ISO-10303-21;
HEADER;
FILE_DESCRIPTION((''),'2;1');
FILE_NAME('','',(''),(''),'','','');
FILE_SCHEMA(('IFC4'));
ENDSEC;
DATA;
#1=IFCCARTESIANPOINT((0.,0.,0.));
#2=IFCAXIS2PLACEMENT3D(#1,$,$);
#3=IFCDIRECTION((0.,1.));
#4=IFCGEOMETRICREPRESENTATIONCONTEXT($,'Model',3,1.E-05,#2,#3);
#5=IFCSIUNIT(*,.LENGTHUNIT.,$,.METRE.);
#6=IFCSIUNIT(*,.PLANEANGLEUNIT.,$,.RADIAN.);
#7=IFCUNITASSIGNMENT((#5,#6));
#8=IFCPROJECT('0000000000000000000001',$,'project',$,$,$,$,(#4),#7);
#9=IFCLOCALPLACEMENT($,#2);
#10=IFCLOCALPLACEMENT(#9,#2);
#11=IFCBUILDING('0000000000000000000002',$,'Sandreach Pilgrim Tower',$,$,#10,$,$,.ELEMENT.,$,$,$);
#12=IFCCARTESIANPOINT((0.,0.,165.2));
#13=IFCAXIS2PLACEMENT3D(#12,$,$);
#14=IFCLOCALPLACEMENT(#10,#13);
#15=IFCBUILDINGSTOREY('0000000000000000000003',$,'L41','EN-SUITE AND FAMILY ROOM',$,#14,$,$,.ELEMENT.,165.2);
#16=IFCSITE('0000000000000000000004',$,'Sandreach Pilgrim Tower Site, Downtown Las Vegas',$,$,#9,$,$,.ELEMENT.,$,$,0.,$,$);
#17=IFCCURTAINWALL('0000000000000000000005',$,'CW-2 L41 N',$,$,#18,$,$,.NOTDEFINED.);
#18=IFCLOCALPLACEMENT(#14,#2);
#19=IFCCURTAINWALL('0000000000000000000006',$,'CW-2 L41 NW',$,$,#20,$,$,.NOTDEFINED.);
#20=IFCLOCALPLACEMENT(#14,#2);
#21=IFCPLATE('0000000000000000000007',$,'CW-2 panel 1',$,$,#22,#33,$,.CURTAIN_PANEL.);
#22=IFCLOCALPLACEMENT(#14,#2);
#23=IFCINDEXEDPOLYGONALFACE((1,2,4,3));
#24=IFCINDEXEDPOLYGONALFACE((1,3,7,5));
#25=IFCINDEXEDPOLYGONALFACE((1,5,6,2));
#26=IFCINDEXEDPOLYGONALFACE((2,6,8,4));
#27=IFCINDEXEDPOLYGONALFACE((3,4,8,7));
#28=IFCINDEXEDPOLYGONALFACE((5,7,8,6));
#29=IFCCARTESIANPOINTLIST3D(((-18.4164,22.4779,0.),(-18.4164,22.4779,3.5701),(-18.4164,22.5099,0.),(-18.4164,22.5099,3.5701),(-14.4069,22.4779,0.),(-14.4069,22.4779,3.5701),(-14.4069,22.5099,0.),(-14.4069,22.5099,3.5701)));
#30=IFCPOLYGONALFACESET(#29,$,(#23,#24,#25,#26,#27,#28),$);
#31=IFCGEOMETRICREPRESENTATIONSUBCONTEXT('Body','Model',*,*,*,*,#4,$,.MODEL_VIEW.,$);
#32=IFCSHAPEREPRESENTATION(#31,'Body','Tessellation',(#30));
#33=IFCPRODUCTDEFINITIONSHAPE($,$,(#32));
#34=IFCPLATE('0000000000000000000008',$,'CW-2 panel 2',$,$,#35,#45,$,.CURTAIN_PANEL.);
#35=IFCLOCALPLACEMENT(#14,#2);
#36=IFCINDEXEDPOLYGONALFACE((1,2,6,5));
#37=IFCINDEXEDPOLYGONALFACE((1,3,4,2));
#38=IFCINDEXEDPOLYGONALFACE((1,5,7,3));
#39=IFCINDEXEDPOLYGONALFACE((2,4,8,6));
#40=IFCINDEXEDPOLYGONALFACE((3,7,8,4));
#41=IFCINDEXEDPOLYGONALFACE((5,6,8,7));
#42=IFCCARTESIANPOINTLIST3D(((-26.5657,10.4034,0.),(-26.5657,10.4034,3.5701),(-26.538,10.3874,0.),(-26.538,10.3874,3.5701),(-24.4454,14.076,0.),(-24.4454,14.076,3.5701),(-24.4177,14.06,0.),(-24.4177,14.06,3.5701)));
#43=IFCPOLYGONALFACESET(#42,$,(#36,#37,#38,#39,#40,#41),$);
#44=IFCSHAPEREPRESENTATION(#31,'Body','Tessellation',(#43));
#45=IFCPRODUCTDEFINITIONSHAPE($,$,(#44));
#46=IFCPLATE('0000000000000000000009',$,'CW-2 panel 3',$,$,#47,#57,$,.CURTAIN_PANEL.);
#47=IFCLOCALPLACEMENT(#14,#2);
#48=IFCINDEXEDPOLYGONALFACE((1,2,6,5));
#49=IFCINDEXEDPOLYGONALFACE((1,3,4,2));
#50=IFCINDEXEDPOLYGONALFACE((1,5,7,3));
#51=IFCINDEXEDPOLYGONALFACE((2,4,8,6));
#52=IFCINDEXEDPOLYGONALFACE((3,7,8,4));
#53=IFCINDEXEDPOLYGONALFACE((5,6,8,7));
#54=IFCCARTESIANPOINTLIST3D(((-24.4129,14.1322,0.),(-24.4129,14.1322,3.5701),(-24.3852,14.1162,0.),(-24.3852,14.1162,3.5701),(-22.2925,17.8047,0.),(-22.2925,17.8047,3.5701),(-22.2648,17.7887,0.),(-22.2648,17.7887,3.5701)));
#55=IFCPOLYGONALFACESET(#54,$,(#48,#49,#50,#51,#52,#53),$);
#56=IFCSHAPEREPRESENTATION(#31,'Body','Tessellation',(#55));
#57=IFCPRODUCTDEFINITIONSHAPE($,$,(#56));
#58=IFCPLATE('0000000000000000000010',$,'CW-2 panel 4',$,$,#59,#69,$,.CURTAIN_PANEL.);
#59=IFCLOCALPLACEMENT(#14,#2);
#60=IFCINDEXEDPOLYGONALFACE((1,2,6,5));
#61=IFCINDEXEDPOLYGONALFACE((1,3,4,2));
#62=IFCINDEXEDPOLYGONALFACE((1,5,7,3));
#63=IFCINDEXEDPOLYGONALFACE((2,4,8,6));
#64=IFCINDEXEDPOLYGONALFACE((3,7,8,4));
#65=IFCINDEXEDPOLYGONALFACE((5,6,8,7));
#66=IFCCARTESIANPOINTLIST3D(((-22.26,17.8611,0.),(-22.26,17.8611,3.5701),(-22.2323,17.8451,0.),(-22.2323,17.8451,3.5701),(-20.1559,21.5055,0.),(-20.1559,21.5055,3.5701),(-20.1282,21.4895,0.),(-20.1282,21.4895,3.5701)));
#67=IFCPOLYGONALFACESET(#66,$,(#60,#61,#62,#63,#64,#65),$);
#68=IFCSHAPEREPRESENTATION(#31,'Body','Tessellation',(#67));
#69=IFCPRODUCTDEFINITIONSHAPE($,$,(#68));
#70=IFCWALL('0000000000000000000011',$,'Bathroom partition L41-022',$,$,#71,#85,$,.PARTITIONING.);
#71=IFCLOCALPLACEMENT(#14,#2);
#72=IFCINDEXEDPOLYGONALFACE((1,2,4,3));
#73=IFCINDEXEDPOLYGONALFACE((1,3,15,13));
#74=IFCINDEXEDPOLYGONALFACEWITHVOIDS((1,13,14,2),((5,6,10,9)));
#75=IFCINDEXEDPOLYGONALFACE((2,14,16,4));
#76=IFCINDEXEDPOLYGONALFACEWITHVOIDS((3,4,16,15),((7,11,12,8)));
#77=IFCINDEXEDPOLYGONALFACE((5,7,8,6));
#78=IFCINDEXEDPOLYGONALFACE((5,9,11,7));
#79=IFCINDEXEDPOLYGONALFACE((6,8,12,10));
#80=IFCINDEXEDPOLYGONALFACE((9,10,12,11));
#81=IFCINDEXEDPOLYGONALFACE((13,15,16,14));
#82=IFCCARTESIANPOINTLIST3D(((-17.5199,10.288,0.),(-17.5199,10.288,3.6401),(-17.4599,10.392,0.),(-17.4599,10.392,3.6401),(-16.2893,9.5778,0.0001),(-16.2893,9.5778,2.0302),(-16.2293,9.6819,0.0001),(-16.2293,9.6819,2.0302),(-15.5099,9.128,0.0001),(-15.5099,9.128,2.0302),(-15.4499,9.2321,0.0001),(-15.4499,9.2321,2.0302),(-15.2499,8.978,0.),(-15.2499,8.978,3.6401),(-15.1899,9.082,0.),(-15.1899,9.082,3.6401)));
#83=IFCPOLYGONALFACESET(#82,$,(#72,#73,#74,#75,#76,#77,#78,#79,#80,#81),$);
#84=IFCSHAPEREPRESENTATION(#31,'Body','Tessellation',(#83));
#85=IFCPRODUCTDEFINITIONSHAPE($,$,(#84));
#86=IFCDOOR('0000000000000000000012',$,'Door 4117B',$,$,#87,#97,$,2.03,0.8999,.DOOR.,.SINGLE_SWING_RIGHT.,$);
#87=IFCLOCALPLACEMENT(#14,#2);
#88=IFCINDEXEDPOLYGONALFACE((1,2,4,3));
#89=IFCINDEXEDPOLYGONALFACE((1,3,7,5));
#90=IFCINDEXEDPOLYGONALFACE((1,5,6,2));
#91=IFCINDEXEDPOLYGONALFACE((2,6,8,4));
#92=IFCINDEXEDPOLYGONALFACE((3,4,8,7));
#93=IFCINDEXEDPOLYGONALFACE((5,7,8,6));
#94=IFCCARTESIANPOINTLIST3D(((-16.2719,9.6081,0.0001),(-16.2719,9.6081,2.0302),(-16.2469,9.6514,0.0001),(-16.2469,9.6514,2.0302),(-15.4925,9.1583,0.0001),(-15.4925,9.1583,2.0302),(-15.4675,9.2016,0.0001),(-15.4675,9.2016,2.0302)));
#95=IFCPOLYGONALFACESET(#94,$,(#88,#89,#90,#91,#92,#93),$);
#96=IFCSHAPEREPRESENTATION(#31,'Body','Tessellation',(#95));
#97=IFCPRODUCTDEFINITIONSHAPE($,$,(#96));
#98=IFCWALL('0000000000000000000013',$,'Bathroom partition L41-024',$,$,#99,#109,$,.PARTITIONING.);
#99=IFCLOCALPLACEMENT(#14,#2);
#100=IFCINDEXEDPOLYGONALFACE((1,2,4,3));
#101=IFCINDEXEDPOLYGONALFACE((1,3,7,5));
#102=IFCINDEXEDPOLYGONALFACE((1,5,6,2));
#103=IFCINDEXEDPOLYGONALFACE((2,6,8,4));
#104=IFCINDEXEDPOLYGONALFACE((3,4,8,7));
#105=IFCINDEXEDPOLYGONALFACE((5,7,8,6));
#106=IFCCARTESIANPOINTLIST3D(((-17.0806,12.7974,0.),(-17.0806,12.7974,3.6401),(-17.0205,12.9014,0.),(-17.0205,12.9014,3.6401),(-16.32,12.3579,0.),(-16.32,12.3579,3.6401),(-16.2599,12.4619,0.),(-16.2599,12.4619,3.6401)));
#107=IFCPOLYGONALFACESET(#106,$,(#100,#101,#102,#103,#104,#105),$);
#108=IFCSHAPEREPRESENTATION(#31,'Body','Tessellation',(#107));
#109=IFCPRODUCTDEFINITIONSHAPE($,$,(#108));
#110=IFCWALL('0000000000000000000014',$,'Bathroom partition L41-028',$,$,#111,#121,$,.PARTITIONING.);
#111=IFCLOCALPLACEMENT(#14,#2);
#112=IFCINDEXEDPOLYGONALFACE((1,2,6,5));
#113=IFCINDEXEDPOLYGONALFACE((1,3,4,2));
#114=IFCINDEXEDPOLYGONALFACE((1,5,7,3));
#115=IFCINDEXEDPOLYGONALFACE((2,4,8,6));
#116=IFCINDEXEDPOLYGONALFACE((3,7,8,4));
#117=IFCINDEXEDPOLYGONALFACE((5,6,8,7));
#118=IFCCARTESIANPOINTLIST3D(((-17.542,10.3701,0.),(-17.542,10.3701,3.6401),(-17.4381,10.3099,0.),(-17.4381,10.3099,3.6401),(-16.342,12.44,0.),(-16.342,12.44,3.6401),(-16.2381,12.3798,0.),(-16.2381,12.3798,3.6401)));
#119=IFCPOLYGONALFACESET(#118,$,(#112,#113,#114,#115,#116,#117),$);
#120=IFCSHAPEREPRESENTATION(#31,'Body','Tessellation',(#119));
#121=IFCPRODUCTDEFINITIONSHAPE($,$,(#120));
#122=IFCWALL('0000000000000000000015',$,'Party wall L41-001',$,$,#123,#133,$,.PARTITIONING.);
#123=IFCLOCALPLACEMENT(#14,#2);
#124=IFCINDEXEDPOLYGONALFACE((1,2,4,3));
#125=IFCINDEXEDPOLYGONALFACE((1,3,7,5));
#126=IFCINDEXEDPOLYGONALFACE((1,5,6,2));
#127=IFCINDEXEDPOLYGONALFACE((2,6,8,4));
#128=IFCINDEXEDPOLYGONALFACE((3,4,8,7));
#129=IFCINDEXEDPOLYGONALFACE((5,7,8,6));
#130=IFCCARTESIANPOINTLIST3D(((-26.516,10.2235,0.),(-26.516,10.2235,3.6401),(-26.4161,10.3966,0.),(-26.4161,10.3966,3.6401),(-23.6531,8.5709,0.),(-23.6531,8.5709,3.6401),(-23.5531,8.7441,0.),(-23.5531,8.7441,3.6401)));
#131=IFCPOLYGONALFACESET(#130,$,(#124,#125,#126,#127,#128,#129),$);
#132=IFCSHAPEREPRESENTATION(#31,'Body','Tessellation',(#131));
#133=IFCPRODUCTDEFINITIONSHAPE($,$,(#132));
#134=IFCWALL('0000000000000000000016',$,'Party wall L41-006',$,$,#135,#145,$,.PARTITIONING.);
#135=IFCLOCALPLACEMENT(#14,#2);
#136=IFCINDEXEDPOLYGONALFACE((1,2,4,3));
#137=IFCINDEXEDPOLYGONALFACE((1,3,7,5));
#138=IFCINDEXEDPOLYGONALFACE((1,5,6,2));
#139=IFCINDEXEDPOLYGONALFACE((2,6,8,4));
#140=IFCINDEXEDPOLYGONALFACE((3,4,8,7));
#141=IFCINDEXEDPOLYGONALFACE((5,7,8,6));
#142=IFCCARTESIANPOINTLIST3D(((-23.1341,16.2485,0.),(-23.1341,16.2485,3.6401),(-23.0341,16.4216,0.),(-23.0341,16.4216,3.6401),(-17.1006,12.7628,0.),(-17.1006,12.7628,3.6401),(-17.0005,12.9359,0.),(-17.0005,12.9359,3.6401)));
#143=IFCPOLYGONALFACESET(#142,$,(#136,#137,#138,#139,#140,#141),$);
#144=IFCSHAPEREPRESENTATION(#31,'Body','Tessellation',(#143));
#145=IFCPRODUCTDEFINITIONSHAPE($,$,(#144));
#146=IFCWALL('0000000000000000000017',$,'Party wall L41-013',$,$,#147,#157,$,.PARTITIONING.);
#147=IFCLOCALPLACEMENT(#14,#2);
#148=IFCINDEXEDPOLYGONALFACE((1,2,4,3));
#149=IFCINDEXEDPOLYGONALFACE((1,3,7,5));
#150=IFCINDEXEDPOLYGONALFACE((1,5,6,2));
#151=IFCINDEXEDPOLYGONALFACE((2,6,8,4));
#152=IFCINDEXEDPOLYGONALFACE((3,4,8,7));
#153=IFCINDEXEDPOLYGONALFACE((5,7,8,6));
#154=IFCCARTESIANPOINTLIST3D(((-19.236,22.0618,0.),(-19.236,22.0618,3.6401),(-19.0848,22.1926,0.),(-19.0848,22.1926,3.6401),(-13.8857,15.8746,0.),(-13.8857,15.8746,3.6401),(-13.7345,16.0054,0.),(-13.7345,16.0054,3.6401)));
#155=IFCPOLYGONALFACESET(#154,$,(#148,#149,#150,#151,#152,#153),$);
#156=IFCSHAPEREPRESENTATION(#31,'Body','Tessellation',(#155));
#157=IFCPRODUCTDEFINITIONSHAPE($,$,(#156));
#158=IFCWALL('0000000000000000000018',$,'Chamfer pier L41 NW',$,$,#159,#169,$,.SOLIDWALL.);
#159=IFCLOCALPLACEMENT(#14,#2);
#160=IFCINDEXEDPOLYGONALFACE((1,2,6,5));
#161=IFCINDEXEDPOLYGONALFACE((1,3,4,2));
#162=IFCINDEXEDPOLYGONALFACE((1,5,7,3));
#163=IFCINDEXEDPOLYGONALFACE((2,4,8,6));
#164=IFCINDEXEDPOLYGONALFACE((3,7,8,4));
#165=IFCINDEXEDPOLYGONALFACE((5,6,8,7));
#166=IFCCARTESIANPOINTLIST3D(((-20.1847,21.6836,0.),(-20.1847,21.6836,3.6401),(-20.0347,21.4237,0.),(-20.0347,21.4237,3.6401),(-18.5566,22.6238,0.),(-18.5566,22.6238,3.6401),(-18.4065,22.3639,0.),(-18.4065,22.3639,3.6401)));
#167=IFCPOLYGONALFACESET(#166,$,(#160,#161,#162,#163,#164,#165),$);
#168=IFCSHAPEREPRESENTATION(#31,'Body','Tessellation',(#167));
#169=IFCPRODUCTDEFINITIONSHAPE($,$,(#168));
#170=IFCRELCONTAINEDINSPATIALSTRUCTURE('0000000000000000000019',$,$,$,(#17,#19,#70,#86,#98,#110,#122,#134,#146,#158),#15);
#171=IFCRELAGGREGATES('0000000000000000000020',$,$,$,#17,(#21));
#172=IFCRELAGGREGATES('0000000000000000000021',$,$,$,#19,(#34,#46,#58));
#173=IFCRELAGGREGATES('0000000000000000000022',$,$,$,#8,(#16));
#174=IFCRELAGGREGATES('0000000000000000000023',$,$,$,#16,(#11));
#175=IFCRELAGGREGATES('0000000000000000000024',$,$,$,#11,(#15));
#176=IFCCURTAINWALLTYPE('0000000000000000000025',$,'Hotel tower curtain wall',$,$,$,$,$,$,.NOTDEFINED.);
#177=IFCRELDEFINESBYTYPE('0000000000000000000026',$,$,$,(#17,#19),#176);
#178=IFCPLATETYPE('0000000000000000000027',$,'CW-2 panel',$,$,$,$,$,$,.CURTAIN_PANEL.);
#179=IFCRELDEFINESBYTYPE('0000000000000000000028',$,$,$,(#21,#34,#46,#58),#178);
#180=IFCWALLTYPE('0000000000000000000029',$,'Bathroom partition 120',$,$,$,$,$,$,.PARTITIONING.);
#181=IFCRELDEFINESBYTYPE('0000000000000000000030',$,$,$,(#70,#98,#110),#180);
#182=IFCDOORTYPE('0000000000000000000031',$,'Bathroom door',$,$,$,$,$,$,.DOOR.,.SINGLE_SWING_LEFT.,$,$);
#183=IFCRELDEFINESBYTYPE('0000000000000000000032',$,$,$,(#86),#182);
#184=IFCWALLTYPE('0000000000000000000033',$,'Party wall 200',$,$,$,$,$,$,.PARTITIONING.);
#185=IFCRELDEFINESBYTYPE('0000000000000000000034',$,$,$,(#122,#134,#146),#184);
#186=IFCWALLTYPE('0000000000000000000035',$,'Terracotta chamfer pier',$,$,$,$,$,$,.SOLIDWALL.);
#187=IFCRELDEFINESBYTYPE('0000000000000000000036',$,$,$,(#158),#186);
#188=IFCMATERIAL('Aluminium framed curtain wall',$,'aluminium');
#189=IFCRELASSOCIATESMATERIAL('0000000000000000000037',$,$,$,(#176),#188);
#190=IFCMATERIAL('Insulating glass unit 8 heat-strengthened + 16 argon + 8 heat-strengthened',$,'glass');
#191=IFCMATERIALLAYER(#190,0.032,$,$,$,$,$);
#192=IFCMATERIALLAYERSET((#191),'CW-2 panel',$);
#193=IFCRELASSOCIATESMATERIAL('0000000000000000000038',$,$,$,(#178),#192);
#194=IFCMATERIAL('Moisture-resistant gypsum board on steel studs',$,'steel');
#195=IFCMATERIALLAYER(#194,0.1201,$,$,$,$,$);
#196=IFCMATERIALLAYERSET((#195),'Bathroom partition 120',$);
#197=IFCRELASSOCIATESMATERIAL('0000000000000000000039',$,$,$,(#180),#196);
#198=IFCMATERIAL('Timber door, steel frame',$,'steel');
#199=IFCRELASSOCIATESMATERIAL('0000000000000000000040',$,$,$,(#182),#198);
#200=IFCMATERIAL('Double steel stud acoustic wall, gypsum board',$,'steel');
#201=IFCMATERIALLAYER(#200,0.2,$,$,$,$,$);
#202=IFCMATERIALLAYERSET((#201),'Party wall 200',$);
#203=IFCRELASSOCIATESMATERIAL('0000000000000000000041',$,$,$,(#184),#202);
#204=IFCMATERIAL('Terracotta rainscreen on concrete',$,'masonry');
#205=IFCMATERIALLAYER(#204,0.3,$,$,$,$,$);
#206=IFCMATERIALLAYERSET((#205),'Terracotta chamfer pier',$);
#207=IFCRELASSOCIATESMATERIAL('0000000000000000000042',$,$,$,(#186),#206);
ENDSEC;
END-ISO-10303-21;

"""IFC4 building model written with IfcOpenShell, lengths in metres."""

from ifc_helpers import new_model, si_unit, direction, frame, frame_2d, origin, origin_2d, place, context, subcontext, project, spatial, rectangle, extrude, material, layer, layer_set, type_object, element, fill, aggregate, save


model = new_model("IFC4")

# Units and contexts
model_context = context("Model", 3, precision=1e-05, world=origin(), true_north=direction((0.0, 1.0)))
body_context = subcontext(model_context, "Body", "Model", "MODEL_VIEW")
ifc_project = project(units=[si_unit("LENGTHUNIT", "METRE"), si_unit("PLANEANGLEUNIT", "RADIAN")], contexts=[model_context])

# Site, building, storey
site_placement = place(None, origin())
site = spatial("IfcSite", under=ifc_project, at=site_placement, Name="Sandreach Pilgrim Tower Site, Downtown Las Vegas", CompositionType="ELEMENT", RefElevation=0.0)
building_placement = place(site_placement, origin())
building = spatial("IfcBuilding", under=site, at=building_placement, Name="Sandreach Pilgrim Tower", CompositionType="ELEMENT")
storey_placement = place(building_placement, frame((0.0, 0.0, 165.2)))
storey = spatial("IfcBuildingStorey", under=building, at=storey_placement, Name="L41", Description="EN-SUITE AND FAMILY ROOM", CompositionType="ELEMENT", Elevation=165.2)

# Curtain wall
ifc_material_1 = material(Name="Aluminium framed curtain wall", Category="aluminium")
curtain_wall_type = type_object("IfcCurtainWallType", Name="Hotel tower curtain wall", PredefinedType="NOTDEFINED", material=ifc_material_1)
curtain_wall_1_placement = place(storey_placement, origin())
curtain_wall_1 = element("IfcCurtainWall", 1, at=curtain_wall_1_placement, inside=storey, type_object=curtain_wall_type, Name="CW-2 L41 N", PredefinedType="NOTDEFINED")

# Curtain wall
curtain_wall_2_placement = place(storey_placement, origin())
curtain_wall_2 = element("IfcCurtainWall", 2, at=curtain_wall_2_placement, inside=storey, type_object=curtain_wall_type, Name="CW-2 L41 NW", PredefinedType="NOTDEFINED")

# Plates
ifc_material_2 = material(Name="Insulating glass unit 8 heat-strengthened + 16 argon + 8 heat-strengthened", Category="glass")
ifc_layer_1 = layer(ifc_material_2, 0.032)
ifc_layer_set_1 = layer_set([ifc_layer_1], Name="CW-2 panel")
plate_type = type_object("IfcPlateType", Name="CW-2 panel", PredefinedType="CURTAIN_PANEL", material=ifc_layer_set_1)
plate_1_placement = place(storey_placement, frame((-16.4116, 22.4939, 0.0), z_axis=(0.0, 0.0, 1.0), x_axis=(1.0, 0.0, 0.0)))
plate_1 = element("IfcPlate", 3, at=plate_1_placement, type_object=plate_type, Name="CW-2 panel 1", PredefinedType="CURTAIN_PANEL", context=body_context, shape_type="SweptSolid", body=[
    extrude(rectangle(XDim=4.0095, YDim=0.032, at=origin_2d()), origin(), (0.0, 0.0, 1.0), 3.5701),
])
aggregate(curtain_wall_1, [plate_1])
plate_2_placement = place(storey_placement, frame((-25.4917, 12.2317, 0.0), z_axis=(0.0, 0.0, 1.0), x_axis=(0.5, 0.866025, 0.0)))
plate_2 = element("IfcPlate", 4, at=plate_2_placement, type_object=plate_type, Name="CW-2 panel 2", PredefinedType="CURTAIN_PANEL", context=body_context, shape_type="SweptSolid", body=[
    extrude(rectangle(XDim=4.2407, YDim=0.032, at=origin_2d()), origin(), (0.0, 0.0, 1.0), 3.5701),
])
plate_3_placement = place(storey_placement, frame((-23.3389, 15.9604, 0.0), z_axis=(0.0, 0.0, 1.0), x_axis=(0.5, 0.866025, 0.0)))
plate_3 = element("IfcPlate", 5, at=plate_3_placement, type_object=plate_type, Name="CW-2 panel 3", PredefinedType="CURTAIN_PANEL", context=body_context, shape_type="SweptSolid", body=[
    extrude(rectangle(XDim=4.2407, YDim=0.032, at=origin_2d()), origin(), (0.0, 0.0, 1.0), 3.5701),
])
plate_4_placement = place(storey_placement, frame((-21.1941, 19.6753, 0.0), z_axis=(0.0, 0.0, 1.0), x_axis=(0.5, 0.866025, 0.0)))
plate_4 = element("IfcPlate", 6, at=plate_4_placement, type_object=plate_type, Name="CW-2 panel 4", PredefinedType="CURTAIN_PANEL", context=body_context, shape_type="SweptSolid", body=[
    extrude(rectangle(XDim=4.2083, YDim=0.032, at=origin_2d()), origin(), (0.0, 0.0, 1.0), 3.5701),
])
aggregate(curtain_wall_2, [plate_2, plate_3, plate_4])

# Wall, opening, door
ifc_material_3 = material(Name="Moisture-resistant gypsum board on steel studs", Category="steel")
ifc_layer_2 = layer(ifc_material_3, 0.1201)
ifc_layer_set_2 = layer_set([ifc_layer_2], Name="Bathroom partition 120")
wall_type_1 = type_object("IfcWallType", Name="Bathroom partition 120", PredefinedType="PARTITIONING", material=ifc_layer_set_2)
wall_1_placement = place(storey_placement, frame((-17.49, 10.3401, 0.0), z_axis=(0.0, 0.0, 1.0), x_axis=(0.866114, -0.499846, 0.0)))
wall_1 = element("IfcWall", 7, at=wall_1_placement, inside=storey, type_object=wall_type_1, Name="Bathroom partition L41-022", PredefinedType="PARTITIONING", context=body_context, shape_type="SweptSolid", body=[
    extrude(rectangle(XDim=2.6208, YDim=0.1201, at=frame_2d((1.3105, 0.0))), origin(), (0.0, 0.0, 1.0), 3.6401),
])
opening_placement = place(wall_1_placement, frame((1.4209, 0.0, 0.0)))
opening = element("IfcOpeningElement", 8, at=opening_placement, cuts=wall_1, PredefinedType="OPENING", context=body_context, shape_type="SweptSolid", body=[
    extrude(rectangle(XDim=0.8999, YDim=2.03, at=frame_2d((0.45, 1.0151))), frame((0.0, 0.0601, 0.0), z_axis=(0.0, -1.0, 0.0), x_axis=(1.0, 0.0, 0.0)), (0.0, 0.0, 1.0), 0.1201),
])
ifc_material_4 = material(Name="Timber door, steel frame", Category="steel")
door_type = type_object("IfcDoorType", Name="Bathroom door", OperationType="SINGLE_SWING_LEFT", PredefinedType="DOOR", material=ifc_material_4)
door_placement = place(opening_placement, origin())
door = element("IfcDoor", 9, at=door_placement, inside=storey, type_object=door_type, Name="Door 4117B", OperationType="SINGLE_SWING_RIGHT", OverallHeight=2.03, OverallWidth=0.8999, PredefinedType="DOOR", context=body_context, shape_type="SweptSolid", body=[
    extrude(rectangle(XDim=0.8999, YDim=2.03, at=frame_2d((0.45, 1.0151))), frame((0.0, 0.0249, 0.0), z_axis=(0.0, -1.0, 0.0), x_axis=(1.0, 0.0, 0.0)), (0.0, 0.0, 1.0), 0.05),
])
fill(opening, door)

# Walls
wall_2_placement = place(storey_placement, frame((-17.0505, 12.8494, 0.0), z_axis=(0.0, 0.0, 1.0), x_axis=(0.865838, -0.500324, 0.0)))
element("IfcWall", 10, at=wall_2_placement, inside=storey, type_object=wall_type_1, Name="Bathroom partition L41-024", PredefinedType="PARTITIONING", context=body_context, shape_type="SweptSolid", body=[
    extrude(rectangle(XDim=0.8784, YDim=0.1201, at=frame_2d((0.4392, 0.0))), origin(), (0.0, 0.0, 1.0), 3.6401),
])
wall_3_placement = place(storey_placement, frame((-16.29, 12.4099, 0.0), z_axis=(0.0, 0.0, 1.0), x_axis=(-0.501547, -0.86513, 0.0)))
element("IfcWall", 11, at=wall_3_placement, inside=storey, type_object=wall_type_1, Name="Bathroom partition L41-028", PredefinedType="PARTITIONING", context=body_context, shape_type="SweptSolid", body=[
    extrude(rectangle(XDim=2.3926, YDim=0.1201, at=frame_2d((1.1963, 0.0))), origin(), (0.0, 0.0, 1.0), 3.6401),
])
ifc_material_5 = material(Name="Double steel stud acoustic wall, gypsum board", Category="steel")
ifc_layer_3 = layer(ifc_material_5, 0.2)
ifc_layer_set_3 = layer_set([ifc_layer_3], Name="Party wall 200")
wall_type_2 = type_object("IfcWallType", Name="Party wall 200", PredefinedType="PARTITIONING", material=ifc_layer_set_3)
wall_4_placement = place(storey_placement, frame((-26.4661, 10.3101, 0.0), z_axis=(0.0, 0.0, 1.0), x_axis=(0.866076, -0.499912, 0.0)))
element("IfcWall", 12, at=wall_4_placement, inside=storey, type_object=wall_type_2, Name="Party wall L41-001", PredefinedType="PARTITIONING", context=body_context, shape_type="SweptSolid", body=[
    extrude(rectangle(XDim=3.3057, YDim=0.2, at=frame_2d((1.6528, 0.0))), origin(), (0.0, 0.0, 1.0), 3.6401),
])
wall_5_placement = place(storey_placement, frame((-23.084, 16.335, 0.0), z_axis=(0.0, 0.0, 1.0), x_axis=(0.86589, -0.500235, 0.0)))
element("IfcWall", 13, at=wall_5_placement, inside=storey, type_object=wall_type_2, Name="Party wall L41-006", PredefinedType="PARTITIONING", context=body_context, shape_type="SweptSolid", body=[
    extrude(rectangle(XDim=6.968, YDim=0.2, at=frame_2d((3.4839, 0.0))), origin(), (0.0, 0.0, 1.0), 3.6401),
])
wall_6_placement = place(storey_placement, frame((-19.1604, 22.1272, 0.0), z_axis=(0.0, 0.0, 1.0), x_axis=(0.654096, -0.756411, 0.0)))
element("IfcWall", 14, at=wall_6_placement, inside=storey, type_object=wall_type_2, Name="Party wall L41-013", PredefinedType="PARTITIONING", context=body_context, shape_type="SweptSolid", body=[
    extrude(rectangle(XDim=8.1797, YDim=0.2, at=frame_2d((4.0898, 0.0))), origin(), (0.0, 0.0, 1.0), 3.6401),
])
ifc_material_6 = material(Name="Terracotta rainscreen on concrete", Category="masonry")
ifc_layer_4 = layer(ifc_material_6, 0.3)
ifc_layer_set_4 = layer_set([ifc_layer_4], Name="Terracotta chamfer pier")
wall_type_3 = type_object("IfcWallType", Name="Terracotta chamfer pier", PredefinedType="SOLIDWALL", material=ifc_layer_set_4)
wall_7_placement = place(storey_placement, frame((-20.1096, 21.5537, 0.0), z_axis=(0.0, 0.0, 1.0), x_axis=(0.865989, 0.500063, 0.0)))
element("IfcWall", 15, at=wall_7_placement, inside=storey, type_object=wall_type_3, Name="Chamfer pier L41 NW", PredefinedType="SOLIDWALL", context=body_context, shape_type="SweptSolid", body=[
    extrude(rectangle(XDim=1.8801, YDim=0.3, at=frame_2d((0.9399, 0.0))), origin(), (0.0, 0.0, 1.0), 3.6401),
])

save(model, "model.ifc")
